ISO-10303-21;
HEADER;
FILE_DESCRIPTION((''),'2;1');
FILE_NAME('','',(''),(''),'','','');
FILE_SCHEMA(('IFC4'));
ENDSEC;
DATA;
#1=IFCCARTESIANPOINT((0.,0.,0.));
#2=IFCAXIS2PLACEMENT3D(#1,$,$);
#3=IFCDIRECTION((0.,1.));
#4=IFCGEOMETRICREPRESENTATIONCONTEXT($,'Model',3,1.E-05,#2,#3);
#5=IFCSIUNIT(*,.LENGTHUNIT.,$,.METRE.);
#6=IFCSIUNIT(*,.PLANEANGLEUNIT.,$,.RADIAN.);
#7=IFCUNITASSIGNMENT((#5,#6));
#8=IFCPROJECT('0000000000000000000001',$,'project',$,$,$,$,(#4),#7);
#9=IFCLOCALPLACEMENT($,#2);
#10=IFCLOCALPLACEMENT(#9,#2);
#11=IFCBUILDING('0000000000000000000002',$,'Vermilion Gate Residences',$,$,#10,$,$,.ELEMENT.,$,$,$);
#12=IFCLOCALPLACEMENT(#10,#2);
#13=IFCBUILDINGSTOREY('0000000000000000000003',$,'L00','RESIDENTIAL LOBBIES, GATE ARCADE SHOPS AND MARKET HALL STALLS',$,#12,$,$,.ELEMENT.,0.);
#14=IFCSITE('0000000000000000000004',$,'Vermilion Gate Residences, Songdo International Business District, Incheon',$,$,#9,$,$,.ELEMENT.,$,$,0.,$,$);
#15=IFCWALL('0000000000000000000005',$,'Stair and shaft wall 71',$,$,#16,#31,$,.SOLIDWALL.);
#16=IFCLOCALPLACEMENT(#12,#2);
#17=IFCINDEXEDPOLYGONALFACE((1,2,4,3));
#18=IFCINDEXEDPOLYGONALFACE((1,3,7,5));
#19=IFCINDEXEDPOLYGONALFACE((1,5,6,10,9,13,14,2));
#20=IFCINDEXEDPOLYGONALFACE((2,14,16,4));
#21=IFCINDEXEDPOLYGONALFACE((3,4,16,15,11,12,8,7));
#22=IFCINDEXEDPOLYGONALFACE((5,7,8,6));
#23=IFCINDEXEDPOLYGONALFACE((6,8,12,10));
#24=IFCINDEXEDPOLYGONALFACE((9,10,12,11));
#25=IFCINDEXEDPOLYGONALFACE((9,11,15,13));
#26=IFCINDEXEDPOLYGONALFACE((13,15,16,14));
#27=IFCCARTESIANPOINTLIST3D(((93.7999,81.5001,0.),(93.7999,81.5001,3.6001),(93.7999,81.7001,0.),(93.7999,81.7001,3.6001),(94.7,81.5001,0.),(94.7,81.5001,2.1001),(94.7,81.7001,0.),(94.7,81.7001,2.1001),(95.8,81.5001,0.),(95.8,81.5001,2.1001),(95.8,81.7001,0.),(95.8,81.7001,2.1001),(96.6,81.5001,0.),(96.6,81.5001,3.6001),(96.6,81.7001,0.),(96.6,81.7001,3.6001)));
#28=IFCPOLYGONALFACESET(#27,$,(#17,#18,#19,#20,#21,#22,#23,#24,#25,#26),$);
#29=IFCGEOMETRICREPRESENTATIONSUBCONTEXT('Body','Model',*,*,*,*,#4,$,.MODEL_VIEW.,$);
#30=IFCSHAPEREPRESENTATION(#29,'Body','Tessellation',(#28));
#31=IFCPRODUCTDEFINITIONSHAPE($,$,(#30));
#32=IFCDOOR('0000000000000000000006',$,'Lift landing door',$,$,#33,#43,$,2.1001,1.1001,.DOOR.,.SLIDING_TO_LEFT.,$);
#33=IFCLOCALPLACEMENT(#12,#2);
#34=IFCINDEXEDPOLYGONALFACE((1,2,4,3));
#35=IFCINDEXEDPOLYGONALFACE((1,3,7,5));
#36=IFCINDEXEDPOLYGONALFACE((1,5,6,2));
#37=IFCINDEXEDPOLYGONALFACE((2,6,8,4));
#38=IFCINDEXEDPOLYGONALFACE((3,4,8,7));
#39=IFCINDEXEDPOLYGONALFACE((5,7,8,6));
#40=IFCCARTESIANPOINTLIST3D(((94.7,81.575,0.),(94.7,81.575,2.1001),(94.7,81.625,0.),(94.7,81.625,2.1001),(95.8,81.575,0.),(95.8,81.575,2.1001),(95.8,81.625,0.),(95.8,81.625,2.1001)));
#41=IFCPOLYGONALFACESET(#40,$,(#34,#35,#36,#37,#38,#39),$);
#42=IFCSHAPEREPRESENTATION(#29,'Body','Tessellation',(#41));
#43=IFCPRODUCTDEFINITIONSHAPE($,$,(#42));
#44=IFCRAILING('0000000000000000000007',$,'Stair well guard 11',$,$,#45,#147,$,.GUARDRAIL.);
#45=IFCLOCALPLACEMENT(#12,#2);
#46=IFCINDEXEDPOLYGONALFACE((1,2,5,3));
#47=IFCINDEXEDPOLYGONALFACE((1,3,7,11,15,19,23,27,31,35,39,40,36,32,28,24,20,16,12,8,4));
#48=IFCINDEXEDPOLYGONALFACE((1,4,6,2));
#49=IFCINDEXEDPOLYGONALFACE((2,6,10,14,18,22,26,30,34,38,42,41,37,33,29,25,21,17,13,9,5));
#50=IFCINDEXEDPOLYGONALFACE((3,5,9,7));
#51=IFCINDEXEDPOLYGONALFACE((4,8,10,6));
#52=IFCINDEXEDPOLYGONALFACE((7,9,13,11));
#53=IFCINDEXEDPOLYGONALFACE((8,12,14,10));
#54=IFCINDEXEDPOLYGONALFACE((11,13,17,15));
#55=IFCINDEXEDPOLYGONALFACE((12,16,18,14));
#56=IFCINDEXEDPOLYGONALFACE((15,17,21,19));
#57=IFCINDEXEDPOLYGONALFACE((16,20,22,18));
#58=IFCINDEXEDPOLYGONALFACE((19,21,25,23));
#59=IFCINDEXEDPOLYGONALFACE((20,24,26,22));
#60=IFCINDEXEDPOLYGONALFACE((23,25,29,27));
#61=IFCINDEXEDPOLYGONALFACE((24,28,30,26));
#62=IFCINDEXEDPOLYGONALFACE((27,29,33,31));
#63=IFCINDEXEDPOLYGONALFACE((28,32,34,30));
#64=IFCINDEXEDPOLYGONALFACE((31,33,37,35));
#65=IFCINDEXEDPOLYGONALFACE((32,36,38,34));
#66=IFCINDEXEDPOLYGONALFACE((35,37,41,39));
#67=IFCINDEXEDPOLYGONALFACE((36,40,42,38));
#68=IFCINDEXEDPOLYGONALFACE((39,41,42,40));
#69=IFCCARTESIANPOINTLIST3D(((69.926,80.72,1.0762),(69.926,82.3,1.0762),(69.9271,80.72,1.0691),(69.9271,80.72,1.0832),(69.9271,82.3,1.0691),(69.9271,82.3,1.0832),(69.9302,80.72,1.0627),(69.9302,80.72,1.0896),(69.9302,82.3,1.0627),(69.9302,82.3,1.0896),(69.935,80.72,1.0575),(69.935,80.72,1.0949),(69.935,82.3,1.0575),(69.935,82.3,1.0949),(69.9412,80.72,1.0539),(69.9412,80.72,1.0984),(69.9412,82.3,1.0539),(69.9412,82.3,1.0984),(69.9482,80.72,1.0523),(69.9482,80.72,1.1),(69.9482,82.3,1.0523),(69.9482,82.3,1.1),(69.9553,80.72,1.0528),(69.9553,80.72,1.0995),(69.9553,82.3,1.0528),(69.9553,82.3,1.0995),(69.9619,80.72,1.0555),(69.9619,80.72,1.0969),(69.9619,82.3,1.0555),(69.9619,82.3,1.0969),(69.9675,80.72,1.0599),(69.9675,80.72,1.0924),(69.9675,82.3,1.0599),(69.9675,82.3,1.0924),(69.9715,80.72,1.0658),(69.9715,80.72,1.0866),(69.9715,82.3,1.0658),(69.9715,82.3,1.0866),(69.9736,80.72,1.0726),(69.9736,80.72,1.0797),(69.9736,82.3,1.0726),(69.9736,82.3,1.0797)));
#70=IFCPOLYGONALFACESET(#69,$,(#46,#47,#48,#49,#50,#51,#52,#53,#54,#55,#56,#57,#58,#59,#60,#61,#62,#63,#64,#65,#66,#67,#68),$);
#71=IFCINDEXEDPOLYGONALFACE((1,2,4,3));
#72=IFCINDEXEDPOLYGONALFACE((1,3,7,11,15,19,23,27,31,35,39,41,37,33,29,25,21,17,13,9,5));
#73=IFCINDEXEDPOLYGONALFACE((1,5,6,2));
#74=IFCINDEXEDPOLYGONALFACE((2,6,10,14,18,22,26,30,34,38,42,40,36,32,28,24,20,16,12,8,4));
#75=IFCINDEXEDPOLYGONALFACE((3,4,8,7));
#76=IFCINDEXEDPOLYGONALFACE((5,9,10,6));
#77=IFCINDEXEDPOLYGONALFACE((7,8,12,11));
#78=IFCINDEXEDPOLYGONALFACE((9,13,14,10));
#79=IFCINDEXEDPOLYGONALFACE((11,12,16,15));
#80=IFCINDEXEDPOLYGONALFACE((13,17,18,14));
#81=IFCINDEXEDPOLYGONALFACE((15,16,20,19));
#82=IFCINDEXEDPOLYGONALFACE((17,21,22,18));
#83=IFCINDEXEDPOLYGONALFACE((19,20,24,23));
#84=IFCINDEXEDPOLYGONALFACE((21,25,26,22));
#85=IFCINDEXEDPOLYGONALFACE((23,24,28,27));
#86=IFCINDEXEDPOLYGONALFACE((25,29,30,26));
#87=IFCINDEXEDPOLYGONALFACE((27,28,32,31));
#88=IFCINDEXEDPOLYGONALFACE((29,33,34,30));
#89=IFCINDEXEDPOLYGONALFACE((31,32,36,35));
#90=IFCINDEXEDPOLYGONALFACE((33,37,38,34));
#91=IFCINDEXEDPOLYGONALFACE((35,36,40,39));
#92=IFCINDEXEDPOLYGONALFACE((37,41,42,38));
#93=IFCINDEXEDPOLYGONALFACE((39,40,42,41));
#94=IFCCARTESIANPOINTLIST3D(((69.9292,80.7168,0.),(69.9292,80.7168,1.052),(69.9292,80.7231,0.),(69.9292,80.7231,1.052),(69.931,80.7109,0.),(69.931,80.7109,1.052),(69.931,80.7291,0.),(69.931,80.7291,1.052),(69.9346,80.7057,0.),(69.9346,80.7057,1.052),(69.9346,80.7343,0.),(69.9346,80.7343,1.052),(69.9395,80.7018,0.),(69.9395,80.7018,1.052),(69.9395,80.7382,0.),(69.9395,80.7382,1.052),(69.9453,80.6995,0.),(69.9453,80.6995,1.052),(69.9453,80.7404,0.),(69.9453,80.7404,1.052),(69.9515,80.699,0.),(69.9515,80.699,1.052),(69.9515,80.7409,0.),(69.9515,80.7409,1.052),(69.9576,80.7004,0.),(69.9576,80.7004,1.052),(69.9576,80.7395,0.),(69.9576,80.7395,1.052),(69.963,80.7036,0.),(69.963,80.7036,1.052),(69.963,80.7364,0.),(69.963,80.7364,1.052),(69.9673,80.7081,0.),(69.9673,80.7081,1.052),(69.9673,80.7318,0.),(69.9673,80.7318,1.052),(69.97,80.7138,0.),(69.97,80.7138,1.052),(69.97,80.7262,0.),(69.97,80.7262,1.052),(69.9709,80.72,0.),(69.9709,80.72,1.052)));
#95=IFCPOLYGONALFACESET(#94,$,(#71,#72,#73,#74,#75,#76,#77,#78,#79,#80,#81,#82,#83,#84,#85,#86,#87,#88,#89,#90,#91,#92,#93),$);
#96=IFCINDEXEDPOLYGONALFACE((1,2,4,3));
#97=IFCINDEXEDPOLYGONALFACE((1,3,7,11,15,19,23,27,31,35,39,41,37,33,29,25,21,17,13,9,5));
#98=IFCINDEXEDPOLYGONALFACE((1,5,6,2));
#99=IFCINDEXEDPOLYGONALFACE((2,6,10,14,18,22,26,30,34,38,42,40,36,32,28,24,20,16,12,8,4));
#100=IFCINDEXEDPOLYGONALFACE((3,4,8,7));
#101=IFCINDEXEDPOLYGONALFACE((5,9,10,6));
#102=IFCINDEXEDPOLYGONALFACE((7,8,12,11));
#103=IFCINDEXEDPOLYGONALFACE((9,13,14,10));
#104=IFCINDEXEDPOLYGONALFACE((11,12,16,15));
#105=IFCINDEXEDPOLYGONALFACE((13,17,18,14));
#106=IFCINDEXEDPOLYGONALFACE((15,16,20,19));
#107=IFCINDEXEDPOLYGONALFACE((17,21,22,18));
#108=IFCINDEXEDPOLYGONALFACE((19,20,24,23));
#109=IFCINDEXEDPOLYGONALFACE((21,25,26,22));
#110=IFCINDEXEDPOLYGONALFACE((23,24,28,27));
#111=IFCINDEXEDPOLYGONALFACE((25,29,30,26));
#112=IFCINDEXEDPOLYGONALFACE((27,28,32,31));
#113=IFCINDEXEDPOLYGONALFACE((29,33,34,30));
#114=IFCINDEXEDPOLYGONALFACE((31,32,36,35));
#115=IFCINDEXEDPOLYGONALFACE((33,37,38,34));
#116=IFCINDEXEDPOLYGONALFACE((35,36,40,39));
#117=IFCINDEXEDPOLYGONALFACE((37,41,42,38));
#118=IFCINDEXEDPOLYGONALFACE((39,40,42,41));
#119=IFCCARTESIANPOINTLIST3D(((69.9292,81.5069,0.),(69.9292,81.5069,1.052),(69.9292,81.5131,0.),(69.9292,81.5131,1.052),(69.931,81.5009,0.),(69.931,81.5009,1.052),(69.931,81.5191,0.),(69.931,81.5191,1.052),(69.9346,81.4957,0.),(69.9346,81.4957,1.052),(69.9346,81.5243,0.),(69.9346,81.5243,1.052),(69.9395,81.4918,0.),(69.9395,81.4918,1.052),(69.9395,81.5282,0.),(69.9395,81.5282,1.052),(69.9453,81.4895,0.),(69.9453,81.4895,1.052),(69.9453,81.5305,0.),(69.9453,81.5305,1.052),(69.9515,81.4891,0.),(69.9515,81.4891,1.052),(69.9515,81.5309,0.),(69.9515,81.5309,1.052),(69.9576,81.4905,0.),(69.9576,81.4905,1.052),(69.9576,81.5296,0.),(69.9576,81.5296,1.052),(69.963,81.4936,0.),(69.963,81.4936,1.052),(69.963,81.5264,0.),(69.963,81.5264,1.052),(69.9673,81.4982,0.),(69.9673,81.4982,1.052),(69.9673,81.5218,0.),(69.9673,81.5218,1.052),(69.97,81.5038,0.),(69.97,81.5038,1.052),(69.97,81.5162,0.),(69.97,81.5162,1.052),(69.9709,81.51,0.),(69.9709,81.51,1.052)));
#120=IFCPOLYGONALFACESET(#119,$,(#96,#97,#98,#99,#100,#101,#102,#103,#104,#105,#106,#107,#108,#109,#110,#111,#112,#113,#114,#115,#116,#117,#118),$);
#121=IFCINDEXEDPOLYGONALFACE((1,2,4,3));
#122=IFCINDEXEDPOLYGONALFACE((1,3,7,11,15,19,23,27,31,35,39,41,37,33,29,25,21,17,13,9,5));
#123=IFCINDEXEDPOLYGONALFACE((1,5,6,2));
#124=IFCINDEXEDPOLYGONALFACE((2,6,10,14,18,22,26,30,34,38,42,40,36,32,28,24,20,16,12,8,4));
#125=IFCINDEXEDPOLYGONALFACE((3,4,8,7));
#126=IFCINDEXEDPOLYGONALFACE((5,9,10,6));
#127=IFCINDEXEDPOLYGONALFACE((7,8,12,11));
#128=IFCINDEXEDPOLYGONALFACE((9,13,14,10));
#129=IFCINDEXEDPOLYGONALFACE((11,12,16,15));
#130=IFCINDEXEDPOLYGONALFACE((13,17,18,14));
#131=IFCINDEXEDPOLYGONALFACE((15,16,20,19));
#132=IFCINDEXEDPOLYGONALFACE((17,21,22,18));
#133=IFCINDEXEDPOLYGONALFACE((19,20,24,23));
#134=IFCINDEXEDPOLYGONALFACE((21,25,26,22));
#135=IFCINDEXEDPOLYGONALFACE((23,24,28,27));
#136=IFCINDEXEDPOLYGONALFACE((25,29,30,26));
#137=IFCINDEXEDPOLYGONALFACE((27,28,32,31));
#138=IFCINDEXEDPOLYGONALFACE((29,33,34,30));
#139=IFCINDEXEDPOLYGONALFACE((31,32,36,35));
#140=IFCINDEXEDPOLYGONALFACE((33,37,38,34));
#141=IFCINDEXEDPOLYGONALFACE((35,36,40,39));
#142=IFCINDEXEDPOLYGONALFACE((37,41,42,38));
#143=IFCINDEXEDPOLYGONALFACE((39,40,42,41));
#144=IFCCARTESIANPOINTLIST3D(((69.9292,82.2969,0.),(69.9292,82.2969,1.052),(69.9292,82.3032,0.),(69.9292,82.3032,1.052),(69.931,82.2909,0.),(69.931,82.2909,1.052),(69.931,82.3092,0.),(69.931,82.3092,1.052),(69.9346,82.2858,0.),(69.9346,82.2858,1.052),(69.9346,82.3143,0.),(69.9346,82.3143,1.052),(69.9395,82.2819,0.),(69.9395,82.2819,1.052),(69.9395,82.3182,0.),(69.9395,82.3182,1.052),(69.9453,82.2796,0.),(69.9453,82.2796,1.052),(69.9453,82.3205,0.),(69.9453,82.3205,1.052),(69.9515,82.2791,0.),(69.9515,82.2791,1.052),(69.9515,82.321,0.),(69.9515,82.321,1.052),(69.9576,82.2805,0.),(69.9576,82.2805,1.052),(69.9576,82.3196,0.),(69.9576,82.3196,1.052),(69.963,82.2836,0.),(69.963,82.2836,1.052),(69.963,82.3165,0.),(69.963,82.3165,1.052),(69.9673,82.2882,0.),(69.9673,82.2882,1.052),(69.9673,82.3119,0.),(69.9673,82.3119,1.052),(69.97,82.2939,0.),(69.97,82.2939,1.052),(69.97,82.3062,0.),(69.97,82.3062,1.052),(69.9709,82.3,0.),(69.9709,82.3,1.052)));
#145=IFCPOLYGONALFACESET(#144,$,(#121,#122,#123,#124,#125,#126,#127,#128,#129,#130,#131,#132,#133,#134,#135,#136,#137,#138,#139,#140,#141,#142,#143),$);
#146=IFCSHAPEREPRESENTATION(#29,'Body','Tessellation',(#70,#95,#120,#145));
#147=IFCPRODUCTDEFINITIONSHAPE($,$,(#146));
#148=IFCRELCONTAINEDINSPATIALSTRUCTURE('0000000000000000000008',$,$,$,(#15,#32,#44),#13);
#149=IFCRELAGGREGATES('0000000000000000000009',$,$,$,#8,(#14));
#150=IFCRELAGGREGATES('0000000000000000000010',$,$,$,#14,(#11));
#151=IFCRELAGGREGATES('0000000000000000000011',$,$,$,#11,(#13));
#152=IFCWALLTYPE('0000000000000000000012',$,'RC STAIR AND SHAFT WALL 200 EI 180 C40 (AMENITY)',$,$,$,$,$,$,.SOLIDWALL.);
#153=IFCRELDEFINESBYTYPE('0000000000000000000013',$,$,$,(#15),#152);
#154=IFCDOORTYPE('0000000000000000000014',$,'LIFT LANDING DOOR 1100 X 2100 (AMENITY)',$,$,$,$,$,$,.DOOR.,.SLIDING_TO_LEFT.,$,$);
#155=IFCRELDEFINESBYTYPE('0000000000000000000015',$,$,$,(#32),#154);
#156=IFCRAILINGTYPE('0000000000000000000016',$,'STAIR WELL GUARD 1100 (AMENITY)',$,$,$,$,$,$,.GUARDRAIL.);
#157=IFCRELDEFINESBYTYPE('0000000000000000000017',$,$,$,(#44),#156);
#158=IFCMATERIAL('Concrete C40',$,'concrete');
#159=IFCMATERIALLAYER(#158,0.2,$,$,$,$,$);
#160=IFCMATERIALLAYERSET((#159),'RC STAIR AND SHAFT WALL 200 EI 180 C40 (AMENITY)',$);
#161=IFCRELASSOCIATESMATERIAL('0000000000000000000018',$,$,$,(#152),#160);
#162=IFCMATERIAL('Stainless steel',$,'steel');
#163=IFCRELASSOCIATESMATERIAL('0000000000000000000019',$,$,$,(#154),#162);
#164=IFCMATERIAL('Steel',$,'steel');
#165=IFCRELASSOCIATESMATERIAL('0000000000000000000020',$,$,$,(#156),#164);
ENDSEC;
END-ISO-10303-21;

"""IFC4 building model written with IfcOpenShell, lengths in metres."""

from ifc_helpers import new_model, si_unit, direction, frame, frame_2d, origin, origin_2d, place, context, subcontext, project, spatial, rectangle, circle, extrude, material, layer, layer_set, type_object, element, fill, save


model = new_model("IFC4")

# Units and contexts
model_context = context("Model", 3, precision=1e-05, world=origin(), true_north=direction((0.0, 1.0)))
body_context = subcontext(model_context, "Body", "Model", "MODEL_VIEW")
ifc_project = project(units=[si_unit("LENGTHUNIT", "METRE"), si_unit("PLANEANGLEUNIT", "RADIAN")], contexts=[model_context])

# Site, building, storey
site_placement = place(None, origin())
site = spatial("IfcSite", under=ifc_project, at=site_placement, Name="Vermilion Gate Residences, Songdo International Business District, Incheon", CompositionType="ELEMENT", RefElevation=0.0)
building_placement = place(site_placement, origin())
building = spatial("IfcBuilding", under=site, at=building_placement, Name="Vermilion Gate Residences", CompositionType="ELEMENT")
storey_placement = place(building_placement, origin())
storey = spatial("IfcBuildingStorey", under=building, at=storey_placement, Name="L00", Description="RESIDENTIAL LOBBIES, GATE ARCADE SHOPS AND MARKET HALL STALLS", CompositionType="ELEMENT", Elevation=0.0)

# Shared definitions
ifc_material_1 = material(Name="Concrete C40", Category="concrete")
ifc_layer = layer(ifc_material_1, 0.2)
ifc_layer_set = layer_set([ifc_layer], Name="RC STAIR AND SHAFT WALL 200 EI 180 C40 (AMENITY)")
wall_type = type_object("IfcWallType", Name="RC STAIR AND SHAFT WALL 200 EI 180 C40 (AMENITY)", PredefinedType="SOLIDWALL", material=ifc_layer_set)

# Wall, opening, door
wall_1_placement = place(storey_placement, frame((93.8, 81.6001, 0.0), z_axis=(0.0, 0.0, 1.0), x_axis=(1.0, 0.0, 0.0)))
wall_1 = element("IfcWall", 1, at=wall_1_placement, inside=storey, type_object=wall_type, Name="Stair and shaft wall 71", PredefinedType="SOLIDWALL", context=body_context, shape_type="SweptSolid", body=[
    extrude(rectangle(XDim=2.8, YDim=0.2, at=frame_2d((1.3999, 0.0))), origin(), (0.0, 0.0, 1.0), 3.6001),
])
opening_1_placement = place(wall_1_placement, frame((0.8999, 0.0, 0.0)))
opening_1 = element("IfcOpeningElement", 2, at=opening_1_placement, cuts=wall_1, PredefinedType="OPENING", context=body_context, shape_type="SweptSolid", body=[
    extrude(rectangle(XDim=1.1001, YDim=2.1001, at=frame_2d((0.55, 1.05))), frame((0.0, 0.1099, 0.0), z_axis=(0.0, -1.0, 0.0), x_axis=(1.0, 0.0, 0.0)), (0.0, 0.0, 1.0), 0.22),
])
ifc_material_2 = material(Name="Stainless steel", Category="steel")
door_type_1 = type_object("IfcDoorType", Name="LIFT LANDING DOOR 1100 X 2100 (AMENITY)", OperationType="SLIDING_TO_LEFT", PredefinedType="DOOR", material=ifc_material_2)
door_1_placement = place(opening_1_placement, origin())
door_1 = element("IfcDoor", 3, at=door_1_placement, inside=storey, type_object=door_type_1, Name="Lift landing door", OperationType="SLIDING_TO_LEFT", OverallHeight=2.1001, OverallWidth=1.1001, PredefinedType="DOOR", context=body_context, shape_type="SweptSolid", body=[
    extrude(rectangle(XDim=1.1001, YDim=2.1001, at=frame_2d((0.55, 1.05))), frame((0.0, 0.0249, 0.0), z_axis=(0.0, -1.0, 0.0), x_axis=(1.0, 0.0, 0.0)), (0.0, 0.0, 1.0), 0.05),
])
fill(opening_1, door_1)

# Railing
ifc_material_3 = material(Name="Steel", Category="steel")
railing_type = type_object("IfcRailingType", Name="STAIR WELL GUARD 1100 (AMENITY)", PredefinedType="GUARDRAIL", material=ifc_material_3)
railing_1_placement = place(storey_placement, frame((69.95, 80.72, 0.0)))
element("IfcRailing", 4, at=railing_1_placement, inside=storey, type_object=railing_type, Name="Stair well guard 11", PredefinedType="GUARDRAIL", context=body_context, shape_type="SweptSolid", body=[
    extrude(circle(Radius=0.0239, at=origin_2d()), frame((0.0, 0.0, 1.0762), z_axis=(0.0, 1.0, 0.0), x_axis=(-1.0, 0.0, 0.0)), (0.0, 0.0, 1.0), 1.5801),
    extrude(circle(Radius=0.021, at=origin_2d()), origin(), (0.0, 0.0, 1.0), 1.052),
    extrude(circle(Radius=0.021, at=origin_2d()), frame((0.0, 0.79, 0.0)), (0.0, 0.0, 1.0), 1.052),
    extrude(circle(Radius=0.021, at=origin_2d()), frame((0.0, 1.5801, 0.0)), (0.0, 0.0, 1.0), 1.052),
])

save(model, "model.ifc")
